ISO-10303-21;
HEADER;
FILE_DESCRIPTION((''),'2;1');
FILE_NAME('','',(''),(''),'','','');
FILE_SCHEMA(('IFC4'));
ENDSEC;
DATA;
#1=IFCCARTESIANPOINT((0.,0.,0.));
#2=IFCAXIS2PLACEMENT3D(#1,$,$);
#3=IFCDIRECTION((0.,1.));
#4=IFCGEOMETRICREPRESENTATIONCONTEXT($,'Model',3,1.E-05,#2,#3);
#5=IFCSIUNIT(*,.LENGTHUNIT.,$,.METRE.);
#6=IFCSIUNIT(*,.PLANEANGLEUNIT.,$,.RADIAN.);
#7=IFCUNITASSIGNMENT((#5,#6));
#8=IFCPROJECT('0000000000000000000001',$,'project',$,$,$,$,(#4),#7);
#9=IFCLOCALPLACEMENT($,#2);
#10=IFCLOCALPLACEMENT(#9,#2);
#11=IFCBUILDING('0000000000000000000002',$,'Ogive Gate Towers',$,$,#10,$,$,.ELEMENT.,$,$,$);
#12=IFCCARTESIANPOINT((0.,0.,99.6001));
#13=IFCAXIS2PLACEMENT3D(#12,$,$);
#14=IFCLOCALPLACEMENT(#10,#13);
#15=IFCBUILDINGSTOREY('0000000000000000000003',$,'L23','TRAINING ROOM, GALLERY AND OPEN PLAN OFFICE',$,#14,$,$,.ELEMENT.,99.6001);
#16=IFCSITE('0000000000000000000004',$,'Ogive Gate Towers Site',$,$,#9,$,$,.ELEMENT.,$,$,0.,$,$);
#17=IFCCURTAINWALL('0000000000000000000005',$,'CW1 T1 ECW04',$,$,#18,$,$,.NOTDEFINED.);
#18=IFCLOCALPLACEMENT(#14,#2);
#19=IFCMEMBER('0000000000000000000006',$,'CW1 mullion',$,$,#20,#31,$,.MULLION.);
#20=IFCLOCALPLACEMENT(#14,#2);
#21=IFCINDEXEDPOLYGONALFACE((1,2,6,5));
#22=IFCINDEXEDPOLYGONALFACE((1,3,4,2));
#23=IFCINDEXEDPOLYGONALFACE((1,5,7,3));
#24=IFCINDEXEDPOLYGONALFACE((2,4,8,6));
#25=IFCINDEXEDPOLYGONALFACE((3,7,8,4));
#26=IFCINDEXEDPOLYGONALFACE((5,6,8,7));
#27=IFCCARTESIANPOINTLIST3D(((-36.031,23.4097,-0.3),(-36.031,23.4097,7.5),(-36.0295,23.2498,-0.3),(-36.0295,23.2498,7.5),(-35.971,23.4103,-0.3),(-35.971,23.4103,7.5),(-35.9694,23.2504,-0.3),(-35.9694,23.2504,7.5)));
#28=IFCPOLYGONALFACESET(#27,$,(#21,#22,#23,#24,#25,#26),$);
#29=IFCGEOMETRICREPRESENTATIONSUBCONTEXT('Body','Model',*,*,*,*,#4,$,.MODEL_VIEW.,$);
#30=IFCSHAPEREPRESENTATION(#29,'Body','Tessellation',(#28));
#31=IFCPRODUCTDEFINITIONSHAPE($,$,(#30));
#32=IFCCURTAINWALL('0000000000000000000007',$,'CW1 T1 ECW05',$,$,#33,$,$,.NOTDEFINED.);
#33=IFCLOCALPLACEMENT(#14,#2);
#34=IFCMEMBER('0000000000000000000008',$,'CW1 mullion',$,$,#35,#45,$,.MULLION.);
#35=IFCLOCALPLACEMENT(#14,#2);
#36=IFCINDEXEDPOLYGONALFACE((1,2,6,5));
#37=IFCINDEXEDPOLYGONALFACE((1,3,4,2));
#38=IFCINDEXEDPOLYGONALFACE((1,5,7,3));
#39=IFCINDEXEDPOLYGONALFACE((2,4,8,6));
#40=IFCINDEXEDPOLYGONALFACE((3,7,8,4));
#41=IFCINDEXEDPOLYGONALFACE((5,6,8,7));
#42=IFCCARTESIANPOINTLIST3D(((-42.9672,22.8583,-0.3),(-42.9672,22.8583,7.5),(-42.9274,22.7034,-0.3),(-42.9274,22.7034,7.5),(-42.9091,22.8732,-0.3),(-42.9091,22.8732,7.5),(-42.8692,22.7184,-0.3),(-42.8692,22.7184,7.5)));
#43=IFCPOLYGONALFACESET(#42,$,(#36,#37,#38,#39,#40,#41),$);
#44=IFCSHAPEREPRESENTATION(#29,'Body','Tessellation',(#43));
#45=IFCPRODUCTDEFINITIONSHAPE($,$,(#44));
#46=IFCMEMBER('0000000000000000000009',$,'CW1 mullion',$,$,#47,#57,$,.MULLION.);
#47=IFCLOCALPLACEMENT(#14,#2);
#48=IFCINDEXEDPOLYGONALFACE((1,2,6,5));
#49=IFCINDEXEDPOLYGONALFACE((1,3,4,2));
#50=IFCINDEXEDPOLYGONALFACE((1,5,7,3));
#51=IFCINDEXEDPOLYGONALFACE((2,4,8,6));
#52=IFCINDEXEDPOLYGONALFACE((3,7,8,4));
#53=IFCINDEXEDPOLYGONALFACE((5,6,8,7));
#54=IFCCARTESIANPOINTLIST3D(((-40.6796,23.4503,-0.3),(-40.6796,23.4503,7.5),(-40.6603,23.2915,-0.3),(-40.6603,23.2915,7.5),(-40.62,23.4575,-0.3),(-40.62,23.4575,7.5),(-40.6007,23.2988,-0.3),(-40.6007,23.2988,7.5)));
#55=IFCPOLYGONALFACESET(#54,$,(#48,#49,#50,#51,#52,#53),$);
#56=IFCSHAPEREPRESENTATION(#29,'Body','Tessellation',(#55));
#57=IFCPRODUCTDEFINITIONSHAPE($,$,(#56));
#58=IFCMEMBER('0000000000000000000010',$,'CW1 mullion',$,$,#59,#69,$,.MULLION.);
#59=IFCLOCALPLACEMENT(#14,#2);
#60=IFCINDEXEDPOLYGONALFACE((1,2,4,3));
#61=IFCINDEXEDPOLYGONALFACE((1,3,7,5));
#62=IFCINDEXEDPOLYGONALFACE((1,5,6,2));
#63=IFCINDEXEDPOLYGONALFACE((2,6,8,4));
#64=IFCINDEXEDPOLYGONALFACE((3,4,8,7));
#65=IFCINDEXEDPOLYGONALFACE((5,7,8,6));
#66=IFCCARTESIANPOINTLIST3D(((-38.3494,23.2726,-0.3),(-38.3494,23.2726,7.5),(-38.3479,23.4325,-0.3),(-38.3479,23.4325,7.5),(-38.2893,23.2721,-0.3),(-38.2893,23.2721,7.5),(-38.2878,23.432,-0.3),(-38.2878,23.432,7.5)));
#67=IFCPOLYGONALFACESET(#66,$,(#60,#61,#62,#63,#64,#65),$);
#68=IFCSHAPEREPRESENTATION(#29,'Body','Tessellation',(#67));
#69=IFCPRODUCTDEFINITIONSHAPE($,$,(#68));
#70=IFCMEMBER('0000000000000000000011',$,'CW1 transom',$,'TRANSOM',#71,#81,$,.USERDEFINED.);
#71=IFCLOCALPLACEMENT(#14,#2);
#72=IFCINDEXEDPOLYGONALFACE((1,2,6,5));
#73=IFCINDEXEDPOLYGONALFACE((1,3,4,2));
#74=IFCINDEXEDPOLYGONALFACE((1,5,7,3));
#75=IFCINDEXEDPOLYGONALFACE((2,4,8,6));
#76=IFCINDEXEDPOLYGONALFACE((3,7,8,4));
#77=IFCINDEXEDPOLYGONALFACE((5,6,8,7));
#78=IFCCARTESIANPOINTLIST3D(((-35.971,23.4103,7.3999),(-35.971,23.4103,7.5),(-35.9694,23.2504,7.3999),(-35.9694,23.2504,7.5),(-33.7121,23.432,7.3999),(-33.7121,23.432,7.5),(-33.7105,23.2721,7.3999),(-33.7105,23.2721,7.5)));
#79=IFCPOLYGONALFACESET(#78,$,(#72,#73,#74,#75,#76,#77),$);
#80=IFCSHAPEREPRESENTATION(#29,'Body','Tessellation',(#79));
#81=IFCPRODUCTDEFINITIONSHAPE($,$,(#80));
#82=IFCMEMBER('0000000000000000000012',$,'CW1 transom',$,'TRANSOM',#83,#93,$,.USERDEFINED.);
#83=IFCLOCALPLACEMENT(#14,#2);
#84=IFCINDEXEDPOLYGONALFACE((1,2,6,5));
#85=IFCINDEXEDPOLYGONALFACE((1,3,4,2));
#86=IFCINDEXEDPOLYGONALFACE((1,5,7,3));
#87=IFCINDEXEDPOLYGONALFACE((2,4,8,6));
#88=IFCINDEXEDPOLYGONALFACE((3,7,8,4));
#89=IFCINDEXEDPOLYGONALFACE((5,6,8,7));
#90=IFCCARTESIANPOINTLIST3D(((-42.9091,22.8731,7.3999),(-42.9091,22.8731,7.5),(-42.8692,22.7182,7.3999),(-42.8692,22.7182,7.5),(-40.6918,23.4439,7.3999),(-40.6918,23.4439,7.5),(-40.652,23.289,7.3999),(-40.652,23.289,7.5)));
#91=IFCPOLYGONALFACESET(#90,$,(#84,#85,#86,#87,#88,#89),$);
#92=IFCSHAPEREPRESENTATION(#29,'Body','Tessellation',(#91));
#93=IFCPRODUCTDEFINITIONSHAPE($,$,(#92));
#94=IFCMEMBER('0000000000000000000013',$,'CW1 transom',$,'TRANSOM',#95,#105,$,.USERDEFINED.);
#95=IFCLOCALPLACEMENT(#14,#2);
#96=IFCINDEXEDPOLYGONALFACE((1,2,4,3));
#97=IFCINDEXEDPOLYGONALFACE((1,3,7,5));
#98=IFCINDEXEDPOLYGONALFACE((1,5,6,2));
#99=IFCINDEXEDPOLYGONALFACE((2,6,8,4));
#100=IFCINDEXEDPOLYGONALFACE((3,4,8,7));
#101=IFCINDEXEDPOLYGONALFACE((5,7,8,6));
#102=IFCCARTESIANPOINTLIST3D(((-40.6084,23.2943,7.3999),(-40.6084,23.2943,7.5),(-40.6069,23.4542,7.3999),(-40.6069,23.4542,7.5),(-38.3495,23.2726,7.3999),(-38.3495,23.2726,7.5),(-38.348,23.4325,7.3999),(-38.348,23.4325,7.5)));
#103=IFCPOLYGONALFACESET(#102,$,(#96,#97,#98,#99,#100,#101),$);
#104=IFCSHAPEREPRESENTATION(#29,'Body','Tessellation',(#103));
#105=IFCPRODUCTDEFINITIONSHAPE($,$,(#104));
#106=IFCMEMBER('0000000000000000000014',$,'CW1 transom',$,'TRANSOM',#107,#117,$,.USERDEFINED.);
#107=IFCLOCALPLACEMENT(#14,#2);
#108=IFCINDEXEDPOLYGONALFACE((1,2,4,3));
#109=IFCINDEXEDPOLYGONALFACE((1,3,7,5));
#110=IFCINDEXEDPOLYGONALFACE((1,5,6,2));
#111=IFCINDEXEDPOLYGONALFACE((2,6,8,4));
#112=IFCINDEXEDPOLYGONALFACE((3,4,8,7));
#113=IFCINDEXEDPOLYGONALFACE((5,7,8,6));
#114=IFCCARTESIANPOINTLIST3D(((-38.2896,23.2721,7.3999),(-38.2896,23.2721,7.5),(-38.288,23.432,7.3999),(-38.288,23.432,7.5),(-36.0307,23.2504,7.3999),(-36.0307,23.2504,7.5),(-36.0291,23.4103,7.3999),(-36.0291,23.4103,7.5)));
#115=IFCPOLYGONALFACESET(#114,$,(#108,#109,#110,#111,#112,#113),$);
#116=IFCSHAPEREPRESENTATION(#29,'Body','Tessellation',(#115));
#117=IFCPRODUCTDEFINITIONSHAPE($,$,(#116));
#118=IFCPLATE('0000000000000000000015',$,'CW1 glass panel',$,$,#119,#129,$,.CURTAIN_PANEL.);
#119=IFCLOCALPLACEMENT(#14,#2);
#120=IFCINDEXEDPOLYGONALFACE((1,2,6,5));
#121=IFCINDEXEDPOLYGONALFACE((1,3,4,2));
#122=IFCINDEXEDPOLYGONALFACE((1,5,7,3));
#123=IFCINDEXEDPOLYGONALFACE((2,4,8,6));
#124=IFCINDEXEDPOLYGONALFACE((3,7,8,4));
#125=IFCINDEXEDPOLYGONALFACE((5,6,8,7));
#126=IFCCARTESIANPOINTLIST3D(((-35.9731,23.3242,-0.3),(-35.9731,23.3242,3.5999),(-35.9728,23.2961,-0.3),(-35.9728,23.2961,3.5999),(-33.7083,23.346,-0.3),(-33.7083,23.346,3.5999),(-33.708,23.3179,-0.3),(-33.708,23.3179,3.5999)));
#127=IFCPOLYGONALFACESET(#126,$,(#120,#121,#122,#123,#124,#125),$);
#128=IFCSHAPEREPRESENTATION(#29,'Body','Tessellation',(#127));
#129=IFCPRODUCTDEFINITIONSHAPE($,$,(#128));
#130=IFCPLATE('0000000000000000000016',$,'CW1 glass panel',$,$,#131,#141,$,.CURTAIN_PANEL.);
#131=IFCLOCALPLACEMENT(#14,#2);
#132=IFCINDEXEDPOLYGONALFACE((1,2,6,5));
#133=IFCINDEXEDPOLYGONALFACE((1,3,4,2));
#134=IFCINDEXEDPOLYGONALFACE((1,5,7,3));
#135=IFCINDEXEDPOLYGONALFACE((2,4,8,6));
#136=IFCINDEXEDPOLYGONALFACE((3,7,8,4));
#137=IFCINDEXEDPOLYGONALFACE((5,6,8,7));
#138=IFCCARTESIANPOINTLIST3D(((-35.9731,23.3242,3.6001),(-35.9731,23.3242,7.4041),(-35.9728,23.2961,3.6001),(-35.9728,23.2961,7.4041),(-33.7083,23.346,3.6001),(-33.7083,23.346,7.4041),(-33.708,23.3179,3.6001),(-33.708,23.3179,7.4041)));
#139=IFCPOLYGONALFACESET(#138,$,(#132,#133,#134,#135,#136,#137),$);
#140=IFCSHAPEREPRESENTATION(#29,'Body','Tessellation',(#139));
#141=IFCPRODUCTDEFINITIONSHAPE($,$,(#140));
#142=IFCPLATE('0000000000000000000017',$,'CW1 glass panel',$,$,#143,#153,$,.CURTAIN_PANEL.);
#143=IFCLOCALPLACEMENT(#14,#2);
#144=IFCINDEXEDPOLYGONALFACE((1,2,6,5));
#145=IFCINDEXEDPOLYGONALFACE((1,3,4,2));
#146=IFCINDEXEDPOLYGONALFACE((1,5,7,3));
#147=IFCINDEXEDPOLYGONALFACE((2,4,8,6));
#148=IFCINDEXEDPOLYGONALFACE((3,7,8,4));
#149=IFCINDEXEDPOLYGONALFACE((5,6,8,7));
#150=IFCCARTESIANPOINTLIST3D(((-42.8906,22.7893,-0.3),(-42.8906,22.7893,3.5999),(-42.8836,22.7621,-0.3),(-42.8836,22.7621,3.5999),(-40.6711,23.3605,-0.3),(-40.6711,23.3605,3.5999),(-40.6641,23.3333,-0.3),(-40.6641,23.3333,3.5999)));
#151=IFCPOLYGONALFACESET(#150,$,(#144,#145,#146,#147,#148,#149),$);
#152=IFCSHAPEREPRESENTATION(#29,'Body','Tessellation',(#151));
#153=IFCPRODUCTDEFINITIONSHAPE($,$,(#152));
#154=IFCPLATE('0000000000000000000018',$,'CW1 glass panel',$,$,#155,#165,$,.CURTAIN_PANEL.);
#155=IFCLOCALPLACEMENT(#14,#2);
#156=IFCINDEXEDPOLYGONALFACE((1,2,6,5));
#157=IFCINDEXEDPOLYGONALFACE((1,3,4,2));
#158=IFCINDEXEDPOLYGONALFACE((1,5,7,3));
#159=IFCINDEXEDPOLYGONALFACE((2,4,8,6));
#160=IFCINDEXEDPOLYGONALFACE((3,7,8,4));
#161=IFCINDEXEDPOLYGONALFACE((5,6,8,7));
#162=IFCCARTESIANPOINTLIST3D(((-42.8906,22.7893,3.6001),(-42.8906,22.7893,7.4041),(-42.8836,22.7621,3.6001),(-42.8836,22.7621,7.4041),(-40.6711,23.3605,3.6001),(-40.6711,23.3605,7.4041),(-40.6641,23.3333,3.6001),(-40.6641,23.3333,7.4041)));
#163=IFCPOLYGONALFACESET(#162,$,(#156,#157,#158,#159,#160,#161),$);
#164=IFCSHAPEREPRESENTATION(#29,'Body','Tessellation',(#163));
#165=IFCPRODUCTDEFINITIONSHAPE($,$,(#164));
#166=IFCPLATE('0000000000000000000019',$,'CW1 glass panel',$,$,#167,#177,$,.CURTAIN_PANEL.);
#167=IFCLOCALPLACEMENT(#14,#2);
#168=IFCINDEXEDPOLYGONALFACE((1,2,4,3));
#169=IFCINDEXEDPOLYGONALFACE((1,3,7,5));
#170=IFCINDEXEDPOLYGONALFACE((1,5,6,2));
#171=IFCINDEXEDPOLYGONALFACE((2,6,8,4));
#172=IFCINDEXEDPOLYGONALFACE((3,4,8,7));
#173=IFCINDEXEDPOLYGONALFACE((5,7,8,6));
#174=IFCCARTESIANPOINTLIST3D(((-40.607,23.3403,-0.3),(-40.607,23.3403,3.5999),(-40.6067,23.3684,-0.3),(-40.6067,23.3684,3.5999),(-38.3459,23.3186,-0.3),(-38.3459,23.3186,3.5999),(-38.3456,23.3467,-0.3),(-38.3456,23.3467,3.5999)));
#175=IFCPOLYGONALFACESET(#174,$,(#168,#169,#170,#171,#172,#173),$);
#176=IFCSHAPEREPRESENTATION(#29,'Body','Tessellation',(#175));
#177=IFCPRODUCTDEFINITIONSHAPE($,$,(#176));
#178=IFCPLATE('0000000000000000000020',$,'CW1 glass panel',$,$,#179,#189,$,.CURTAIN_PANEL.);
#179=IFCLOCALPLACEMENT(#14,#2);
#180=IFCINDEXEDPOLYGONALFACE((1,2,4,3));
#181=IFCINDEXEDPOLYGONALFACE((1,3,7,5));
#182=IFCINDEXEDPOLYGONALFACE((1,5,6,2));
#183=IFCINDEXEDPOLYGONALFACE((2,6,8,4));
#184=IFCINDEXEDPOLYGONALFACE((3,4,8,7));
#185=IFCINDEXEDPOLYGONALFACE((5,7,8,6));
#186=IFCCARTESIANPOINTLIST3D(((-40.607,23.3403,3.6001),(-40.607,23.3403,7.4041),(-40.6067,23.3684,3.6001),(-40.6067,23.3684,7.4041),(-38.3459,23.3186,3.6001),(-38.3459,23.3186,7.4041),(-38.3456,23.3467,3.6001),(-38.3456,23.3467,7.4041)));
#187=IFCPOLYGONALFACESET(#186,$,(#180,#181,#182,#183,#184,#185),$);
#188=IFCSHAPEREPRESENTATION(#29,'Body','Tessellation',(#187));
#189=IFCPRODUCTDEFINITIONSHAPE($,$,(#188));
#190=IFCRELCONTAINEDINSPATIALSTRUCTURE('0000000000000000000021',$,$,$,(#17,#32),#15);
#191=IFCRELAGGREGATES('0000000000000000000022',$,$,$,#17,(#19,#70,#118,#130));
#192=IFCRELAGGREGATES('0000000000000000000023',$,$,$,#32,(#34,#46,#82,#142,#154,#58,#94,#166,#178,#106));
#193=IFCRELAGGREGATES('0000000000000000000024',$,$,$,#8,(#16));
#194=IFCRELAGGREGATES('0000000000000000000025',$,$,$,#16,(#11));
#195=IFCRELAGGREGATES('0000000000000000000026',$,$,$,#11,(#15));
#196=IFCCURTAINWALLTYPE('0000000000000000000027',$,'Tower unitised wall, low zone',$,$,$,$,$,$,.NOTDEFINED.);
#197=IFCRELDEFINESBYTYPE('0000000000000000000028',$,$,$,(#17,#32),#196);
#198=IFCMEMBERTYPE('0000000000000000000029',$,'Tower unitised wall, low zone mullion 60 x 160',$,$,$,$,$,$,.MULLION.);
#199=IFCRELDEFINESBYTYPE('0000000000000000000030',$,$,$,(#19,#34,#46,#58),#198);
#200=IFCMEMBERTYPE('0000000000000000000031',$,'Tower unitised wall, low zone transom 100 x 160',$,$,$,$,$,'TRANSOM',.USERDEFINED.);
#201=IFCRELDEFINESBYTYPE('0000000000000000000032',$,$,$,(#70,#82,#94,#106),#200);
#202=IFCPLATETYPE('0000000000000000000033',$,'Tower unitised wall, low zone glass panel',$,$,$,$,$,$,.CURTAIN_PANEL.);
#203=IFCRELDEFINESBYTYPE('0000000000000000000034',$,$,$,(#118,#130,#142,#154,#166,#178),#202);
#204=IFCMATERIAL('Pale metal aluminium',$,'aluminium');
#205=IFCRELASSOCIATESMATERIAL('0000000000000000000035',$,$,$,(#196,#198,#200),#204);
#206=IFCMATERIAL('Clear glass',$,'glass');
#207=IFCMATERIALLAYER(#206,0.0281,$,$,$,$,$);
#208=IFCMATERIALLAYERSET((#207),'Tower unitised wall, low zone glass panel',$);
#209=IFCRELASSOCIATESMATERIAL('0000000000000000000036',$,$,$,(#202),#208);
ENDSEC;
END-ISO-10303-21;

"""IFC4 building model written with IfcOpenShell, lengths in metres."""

from ifc_helpers import new_model, si_unit, direction, frame, origin, origin_2d, place, context, subcontext, project, spatial, rectangle, extrude, material, layer, layer_set, material_profile, profile_set, type_object, element, aggregate, save


model = new_model("IFC4")

# Units and contexts
model_context = context("Model", 3, precision=1e-05, world=origin(), true_north=direction((0.0, 1.0)))
body_context = subcontext(model_context, "Body", "Model", "MODEL_VIEW")
ifc_project = project(units=[si_unit("LENGTHUNIT", "METRE"), si_unit("PLANEANGLEUNIT", "RADIAN")], contexts=[model_context])

# Site, building, storey
site_placement = place(None, origin())
site = spatial("IfcSite", under=ifc_project, at=site_placement, Name="Ogive Gate Towers Site", CompositionType="ELEMENT", RefElevation=0.0)
building_placement = place(site_placement, origin())
building = spatial("IfcBuilding", under=site, at=building_placement, Name="Ogive Gate Towers", CompositionType="ELEMENT")
storey_placement = place(building_placement, frame((0.0, 0.0, 99.6001)))
storey = spatial("IfcBuildingStorey", under=building, at=storey_placement, Name="L23", Description="TRAINING ROOM, GALLERY AND OPEN PLAN OFFICE", CompositionType="ELEMENT", Elevation=99.6001)

# Curtain wall, member
ifc_material_1 = material(Name="Pale metal aluminium", Category="aluminium")
curtain_wall_type = type_object("IfcCurtainWallType", Name="Tower unitised wall, low zone", PredefinedType="NOTDEFINED", material=ifc_material_1)
curtain_wall_1_placement = place(storey_placement, origin())
curtain_wall_1 = element("IfcCurtainWall", 1, at=curtain_wall_1_placement, inside=storey, type_object=curtain_wall_type, Name="CW1 T1 ECW04", PredefinedType="NOTDEFINED")
ifc_material_profile_1 = material_profile(ifc_material_1, rectangle(XDim=0.1599, YDim=0.0601, at=origin_2d()), Name="60 x 160 aluminium box")
ifc_profile_set_1 = profile_set([ifc_material_profile_1], Name="Pale metal aluminium")
member_type_1 = type_object("IfcMemberType", Name="Tower unitised wall, low zone mullion 60 x 160", PredefinedType="MULLION", material=ifc_profile_set_1)
member_1_placement = place(storey_placement, frame((-36.0002, 23.3301, -0.3), z_axis=(0.0, 0.0, 1.0), x_axis=(0.009617, -0.999954, 0.0)))
member_1 = element("IfcMember", 2, at=member_1_placement, type_object=member_type_1, Name="CW1 mullion", PredefinedType="MULLION", context=body_context, shape_type="SweptSolid", body=[
    extrude(rectangle(XDim=0.1599, YDim=0.0601, at=origin_2d()), origin(), (0.0, 0.0, 1.0), 7.8),
])

# Curtain wall, members
curtain_wall_2_placement = place(storey_placement, origin())
curtain_wall_2 = element("IfcCurtainWall", 3, at=curtain_wall_2_placement, inside=storey, type_object=curtain_wall_type, Name="CW1 T1 ECW05", PredefinedType="NOTDEFINED")
member_2_placement = place(storey_placement, frame((-42.9182, 22.7883, -0.3), z_axis=(0.0, 0.0, 1.0), x_axis=(0.249248, -0.96844, 0.0)))
member_2 = element("IfcMember", 4, at=member_2_placement, type_object=member_type_1, Name="CW1 mullion", PredefinedType="MULLION", context=body_context, shape_type="SweptSolid", body=[
    extrude(rectangle(XDim=0.1599, YDim=0.0601, at=origin_2d()), origin(), (0.0, 0.0, 1.0), 7.8),
])
member_3_placement = place(storey_placement, frame((-40.6401, 23.3745, -0.3), z_axis=(0.0, 0.0, 1.0), x_axis=(0.120865, -0.992669, 0.0)))
member_3 = element("IfcMember", 5, at=member_3_placement, type_object=member_type_1, Name="CW1 mullion", PredefinedType="MULLION", context=body_context, shape_type="SweptSolid", body=[
    extrude(rectangle(XDim=0.1599, YDim=0.0601, at=origin_2d()), origin(), (0.0, 0.0, 1.0), 7.8),
])
member_4_placement = place(storey_placement, frame((-38.3186, 23.3523, -0.3), z_axis=(0.0, 0.0, 1.0), x_axis=(-0.009599, -0.999954, 0.0)))
member_4 = element("IfcMember", 6, at=member_4_placement, type_object=member_type_1, Name="CW1 mullion", PredefinedType="MULLION", context=body_context, shape_type="SweptSolid", body=[
    extrude(rectangle(XDim=0.1599, YDim=0.0601, at=origin_2d()), origin(), (0.0, 0.0, 1.0), 7.8),
])

# Members
ifc_material_profile_2 = material_profile(ifc_material_1, rectangle(XDim=0.1599, YDim=0.1001, at=origin_2d()), Name="100 x 160 aluminium box")
ifc_profile_set_2 = profile_set([ifc_material_profile_2], Name="Pale metal aluminium")
member_type_2 = type_object("IfcMemberType", Name="Tower unitised wall, low zone transom 100 x 160", ElementType="TRANSOM", PredefinedType="USERDEFINED", material=ifc_profile_set_2)
member_5_placement = place(storey_placement, frame((-35.9702, 23.3303, 7.45), z_axis=(0.999954, 0.009618, 0.0), x_axis=(-0.009618, 0.999954, 0.0)))
member_5 = element("IfcMember", 7, at=member_5_placement, type_object=member_type_2, Name="CW1 transom", ObjectType="TRANSOM", PredefinedType="USERDEFINED", context=body_context, shape_type="SweptSolid", body=[
    extrude(rectangle(XDim=0.1599, YDim=0.1001, at=origin_2d()), origin(), (0.0, 0.0, 1.0), 2.259),
])
member_6_placement = place(storey_placement, frame((-42.8892, 22.7957, 7.45), z_axis=(0.968425, 0.249304, 0.0), x_axis=(-0.249304, 0.968425, 0.0)))
member_6 = element("IfcMember", 8, at=member_6_placement, type_object=member_type_2, Name="CW1 transom", ObjectType="TRANSOM", PredefinedType="USERDEFINED", context=body_context, shape_type="SweptSolid", body=[
    extrude(rectangle(XDim=0.1599, YDim=0.1001, at=origin_2d()), origin(), (0.0, 0.0, 1.0), 2.2896),
])
member_7_placement = place(storey_placement, frame((-40.6077, 23.3743, 7.45), z_axis=(0.999954, -0.009618, 0.0), x_axis=(0.009618, 0.999954, 0.0)))
member_7 = element("IfcMember", 9, at=member_7_placement, type_object=member_type_2, Name="CW1 transom", ObjectType="TRANSOM", PredefinedType="USERDEFINED", context=body_context, shape_type="SweptSolid", body=[
    extrude(rectangle(XDim=0.1599, YDim=0.1001, at=origin_2d()), origin(), (0.0, 0.0, 1.0), 2.259),
])
member_8_placement = place(storey_placement, frame((-38.2888, 23.3521, 7.45), z_axis=(0.999954, -0.009618, 0.0), x_axis=(0.009618, 0.999954, 0.0)))
member_8 = element("IfcMember", 10, at=member_8_placement, type_object=member_type_2, Name="CW1 transom", ObjectType="TRANSOM", PredefinedType="USERDEFINED", context=body_context, shape_type="SweptSolid", body=[
    extrude(rectangle(XDim=0.1599, YDim=0.1001, at=origin_2d()), origin(), (0.0, 0.0, 1.0), 2.259),
])

# Plates
ifc_material_2 = material(Name="Clear glass", Category="glass")
ifc_layer_1 = layer(ifc_material_2, 0.0281)
ifc_layer_set_1 = layer_set([ifc_layer_1], Name="Tower unitised wall, low zone glass panel")
plate_type = type_object("IfcPlateType", Name="Tower unitised wall, low zone glass panel", PredefinedType="CURTAIN_PANEL", material=ifc_layer_set_1)
plate_1_placement = place(storey_placement, frame((-34.8406, 23.321, -0.3), z_axis=(0.0, 0.0, 1.0), x_axis=(0.999954, 0.009617, 0.0)))
plate_1 = element("IfcPlate", 11, at=plate_1_placement, type_object=plate_type, Name="CW1 glass panel", PredefinedType="CURTAIN_PANEL", context=body_context, shape_type="SweptSolid", body=[
    extrude(rectangle(XDim=2.2649, YDim=0.0281, at=origin_2d()), origin(), (0.0, 0.0, 1.0), 3.8999),
])
plate_2_placement = place(storey_placement, frame((-34.8406, 23.321, 3.6001), z_axis=(0.0, 0.0, 1.0), x_axis=(0.999954, 0.009617, 0.0)))
plate_2 = element("IfcPlate", 12, at=plate_2_placement, type_object=plate_type, Name="CW1 glass panel", PredefinedType="CURTAIN_PANEL", context=body_context, shape_type="SweptSolid", body=[
    extrude(rectangle(XDim=2.2649, YDim=0.0281, at=origin_2d()), origin(), (0.0, 0.0, 1.0), 3.804),
])
aggregate(curtain_wall_1, [member_1, member_5, plate_1, plate_2])
plate_3_placement = place(storey_placement, frame((-41.7773, 23.0613, -0.3), z_axis=(0.0, 0.0, 1.0), x_axis=(0.96844, 0.249248, 0.0)))
plate_3 = element("IfcPlate", 13, at=plate_3_placement, type_object=plate_type, Name="CW1 glass panel", PredefinedType="CURTAIN_PANEL", context=body_context, shape_type="SweptSolid", body=[
    extrude(rectangle(XDim=2.2917, YDim=0.0281, at=origin_2d()), origin(), (0.0, 0.0, 1.0), 3.8999),
])
plate_4_placement = place(storey_placement, frame((-41.7773, 23.0613, 3.6001), z_axis=(0.0, 0.0, 1.0), x_axis=(0.96844, 0.249248, 0.0)))
plate_4 = element("IfcPlate", 14, at=plate_4_placement, type_object=plate_type, Name="CW1 glass panel", PredefinedType="CURTAIN_PANEL", context=body_context, shape_type="SweptSolid", body=[
    extrude(rectangle(XDim=2.2917, YDim=0.0281, at=origin_2d()), origin(), (0.0, 0.0, 1.0), 3.804),
])
plate_5_placement = place(storey_placement, frame((-39.4763, 23.3435, -0.3), z_axis=(0.0, 0.0, 1.0), x_axis=(0.999954, -0.009582, 0.0)))
plate_5 = element("IfcPlate", 15, at=plate_5_placement, type_object=plate_type, Name="CW1 glass panel", PredefinedType="CURTAIN_PANEL", context=body_context, shape_type="SweptSolid", body=[
    extrude(rectangle(XDim=2.2612, YDim=0.0281, at=origin_2d()), origin(), (0.0, 0.0, 1.0), 3.8999),
])
plate_6_placement = place(storey_placement, frame((-39.4763, 23.3435, 3.6001), z_axis=(0.0, 0.0, 1.0), x_axis=(0.999954, -0.009582, 0.0)))
plate_6 = element("IfcPlate", 16, at=plate_6_placement, type_object=plate_type, Name="CW1 glass panel", PredefinedType="CURTAIN_PANEL", context=body_context, shape_type="SweptSolid", body=[
    extrude(rectangle(XDim=2.2612, YDim=0.0281, at=origin_2d()), origin(), (0.0, 0.0, 1.0), 3.804),
])
aggregate(curtain_wall_2, [member_2, member_3, member_6, plate_3, plate_4, member_4, member_7, plate_5, plate_6, member_8])

save(model, "model.ifc")
